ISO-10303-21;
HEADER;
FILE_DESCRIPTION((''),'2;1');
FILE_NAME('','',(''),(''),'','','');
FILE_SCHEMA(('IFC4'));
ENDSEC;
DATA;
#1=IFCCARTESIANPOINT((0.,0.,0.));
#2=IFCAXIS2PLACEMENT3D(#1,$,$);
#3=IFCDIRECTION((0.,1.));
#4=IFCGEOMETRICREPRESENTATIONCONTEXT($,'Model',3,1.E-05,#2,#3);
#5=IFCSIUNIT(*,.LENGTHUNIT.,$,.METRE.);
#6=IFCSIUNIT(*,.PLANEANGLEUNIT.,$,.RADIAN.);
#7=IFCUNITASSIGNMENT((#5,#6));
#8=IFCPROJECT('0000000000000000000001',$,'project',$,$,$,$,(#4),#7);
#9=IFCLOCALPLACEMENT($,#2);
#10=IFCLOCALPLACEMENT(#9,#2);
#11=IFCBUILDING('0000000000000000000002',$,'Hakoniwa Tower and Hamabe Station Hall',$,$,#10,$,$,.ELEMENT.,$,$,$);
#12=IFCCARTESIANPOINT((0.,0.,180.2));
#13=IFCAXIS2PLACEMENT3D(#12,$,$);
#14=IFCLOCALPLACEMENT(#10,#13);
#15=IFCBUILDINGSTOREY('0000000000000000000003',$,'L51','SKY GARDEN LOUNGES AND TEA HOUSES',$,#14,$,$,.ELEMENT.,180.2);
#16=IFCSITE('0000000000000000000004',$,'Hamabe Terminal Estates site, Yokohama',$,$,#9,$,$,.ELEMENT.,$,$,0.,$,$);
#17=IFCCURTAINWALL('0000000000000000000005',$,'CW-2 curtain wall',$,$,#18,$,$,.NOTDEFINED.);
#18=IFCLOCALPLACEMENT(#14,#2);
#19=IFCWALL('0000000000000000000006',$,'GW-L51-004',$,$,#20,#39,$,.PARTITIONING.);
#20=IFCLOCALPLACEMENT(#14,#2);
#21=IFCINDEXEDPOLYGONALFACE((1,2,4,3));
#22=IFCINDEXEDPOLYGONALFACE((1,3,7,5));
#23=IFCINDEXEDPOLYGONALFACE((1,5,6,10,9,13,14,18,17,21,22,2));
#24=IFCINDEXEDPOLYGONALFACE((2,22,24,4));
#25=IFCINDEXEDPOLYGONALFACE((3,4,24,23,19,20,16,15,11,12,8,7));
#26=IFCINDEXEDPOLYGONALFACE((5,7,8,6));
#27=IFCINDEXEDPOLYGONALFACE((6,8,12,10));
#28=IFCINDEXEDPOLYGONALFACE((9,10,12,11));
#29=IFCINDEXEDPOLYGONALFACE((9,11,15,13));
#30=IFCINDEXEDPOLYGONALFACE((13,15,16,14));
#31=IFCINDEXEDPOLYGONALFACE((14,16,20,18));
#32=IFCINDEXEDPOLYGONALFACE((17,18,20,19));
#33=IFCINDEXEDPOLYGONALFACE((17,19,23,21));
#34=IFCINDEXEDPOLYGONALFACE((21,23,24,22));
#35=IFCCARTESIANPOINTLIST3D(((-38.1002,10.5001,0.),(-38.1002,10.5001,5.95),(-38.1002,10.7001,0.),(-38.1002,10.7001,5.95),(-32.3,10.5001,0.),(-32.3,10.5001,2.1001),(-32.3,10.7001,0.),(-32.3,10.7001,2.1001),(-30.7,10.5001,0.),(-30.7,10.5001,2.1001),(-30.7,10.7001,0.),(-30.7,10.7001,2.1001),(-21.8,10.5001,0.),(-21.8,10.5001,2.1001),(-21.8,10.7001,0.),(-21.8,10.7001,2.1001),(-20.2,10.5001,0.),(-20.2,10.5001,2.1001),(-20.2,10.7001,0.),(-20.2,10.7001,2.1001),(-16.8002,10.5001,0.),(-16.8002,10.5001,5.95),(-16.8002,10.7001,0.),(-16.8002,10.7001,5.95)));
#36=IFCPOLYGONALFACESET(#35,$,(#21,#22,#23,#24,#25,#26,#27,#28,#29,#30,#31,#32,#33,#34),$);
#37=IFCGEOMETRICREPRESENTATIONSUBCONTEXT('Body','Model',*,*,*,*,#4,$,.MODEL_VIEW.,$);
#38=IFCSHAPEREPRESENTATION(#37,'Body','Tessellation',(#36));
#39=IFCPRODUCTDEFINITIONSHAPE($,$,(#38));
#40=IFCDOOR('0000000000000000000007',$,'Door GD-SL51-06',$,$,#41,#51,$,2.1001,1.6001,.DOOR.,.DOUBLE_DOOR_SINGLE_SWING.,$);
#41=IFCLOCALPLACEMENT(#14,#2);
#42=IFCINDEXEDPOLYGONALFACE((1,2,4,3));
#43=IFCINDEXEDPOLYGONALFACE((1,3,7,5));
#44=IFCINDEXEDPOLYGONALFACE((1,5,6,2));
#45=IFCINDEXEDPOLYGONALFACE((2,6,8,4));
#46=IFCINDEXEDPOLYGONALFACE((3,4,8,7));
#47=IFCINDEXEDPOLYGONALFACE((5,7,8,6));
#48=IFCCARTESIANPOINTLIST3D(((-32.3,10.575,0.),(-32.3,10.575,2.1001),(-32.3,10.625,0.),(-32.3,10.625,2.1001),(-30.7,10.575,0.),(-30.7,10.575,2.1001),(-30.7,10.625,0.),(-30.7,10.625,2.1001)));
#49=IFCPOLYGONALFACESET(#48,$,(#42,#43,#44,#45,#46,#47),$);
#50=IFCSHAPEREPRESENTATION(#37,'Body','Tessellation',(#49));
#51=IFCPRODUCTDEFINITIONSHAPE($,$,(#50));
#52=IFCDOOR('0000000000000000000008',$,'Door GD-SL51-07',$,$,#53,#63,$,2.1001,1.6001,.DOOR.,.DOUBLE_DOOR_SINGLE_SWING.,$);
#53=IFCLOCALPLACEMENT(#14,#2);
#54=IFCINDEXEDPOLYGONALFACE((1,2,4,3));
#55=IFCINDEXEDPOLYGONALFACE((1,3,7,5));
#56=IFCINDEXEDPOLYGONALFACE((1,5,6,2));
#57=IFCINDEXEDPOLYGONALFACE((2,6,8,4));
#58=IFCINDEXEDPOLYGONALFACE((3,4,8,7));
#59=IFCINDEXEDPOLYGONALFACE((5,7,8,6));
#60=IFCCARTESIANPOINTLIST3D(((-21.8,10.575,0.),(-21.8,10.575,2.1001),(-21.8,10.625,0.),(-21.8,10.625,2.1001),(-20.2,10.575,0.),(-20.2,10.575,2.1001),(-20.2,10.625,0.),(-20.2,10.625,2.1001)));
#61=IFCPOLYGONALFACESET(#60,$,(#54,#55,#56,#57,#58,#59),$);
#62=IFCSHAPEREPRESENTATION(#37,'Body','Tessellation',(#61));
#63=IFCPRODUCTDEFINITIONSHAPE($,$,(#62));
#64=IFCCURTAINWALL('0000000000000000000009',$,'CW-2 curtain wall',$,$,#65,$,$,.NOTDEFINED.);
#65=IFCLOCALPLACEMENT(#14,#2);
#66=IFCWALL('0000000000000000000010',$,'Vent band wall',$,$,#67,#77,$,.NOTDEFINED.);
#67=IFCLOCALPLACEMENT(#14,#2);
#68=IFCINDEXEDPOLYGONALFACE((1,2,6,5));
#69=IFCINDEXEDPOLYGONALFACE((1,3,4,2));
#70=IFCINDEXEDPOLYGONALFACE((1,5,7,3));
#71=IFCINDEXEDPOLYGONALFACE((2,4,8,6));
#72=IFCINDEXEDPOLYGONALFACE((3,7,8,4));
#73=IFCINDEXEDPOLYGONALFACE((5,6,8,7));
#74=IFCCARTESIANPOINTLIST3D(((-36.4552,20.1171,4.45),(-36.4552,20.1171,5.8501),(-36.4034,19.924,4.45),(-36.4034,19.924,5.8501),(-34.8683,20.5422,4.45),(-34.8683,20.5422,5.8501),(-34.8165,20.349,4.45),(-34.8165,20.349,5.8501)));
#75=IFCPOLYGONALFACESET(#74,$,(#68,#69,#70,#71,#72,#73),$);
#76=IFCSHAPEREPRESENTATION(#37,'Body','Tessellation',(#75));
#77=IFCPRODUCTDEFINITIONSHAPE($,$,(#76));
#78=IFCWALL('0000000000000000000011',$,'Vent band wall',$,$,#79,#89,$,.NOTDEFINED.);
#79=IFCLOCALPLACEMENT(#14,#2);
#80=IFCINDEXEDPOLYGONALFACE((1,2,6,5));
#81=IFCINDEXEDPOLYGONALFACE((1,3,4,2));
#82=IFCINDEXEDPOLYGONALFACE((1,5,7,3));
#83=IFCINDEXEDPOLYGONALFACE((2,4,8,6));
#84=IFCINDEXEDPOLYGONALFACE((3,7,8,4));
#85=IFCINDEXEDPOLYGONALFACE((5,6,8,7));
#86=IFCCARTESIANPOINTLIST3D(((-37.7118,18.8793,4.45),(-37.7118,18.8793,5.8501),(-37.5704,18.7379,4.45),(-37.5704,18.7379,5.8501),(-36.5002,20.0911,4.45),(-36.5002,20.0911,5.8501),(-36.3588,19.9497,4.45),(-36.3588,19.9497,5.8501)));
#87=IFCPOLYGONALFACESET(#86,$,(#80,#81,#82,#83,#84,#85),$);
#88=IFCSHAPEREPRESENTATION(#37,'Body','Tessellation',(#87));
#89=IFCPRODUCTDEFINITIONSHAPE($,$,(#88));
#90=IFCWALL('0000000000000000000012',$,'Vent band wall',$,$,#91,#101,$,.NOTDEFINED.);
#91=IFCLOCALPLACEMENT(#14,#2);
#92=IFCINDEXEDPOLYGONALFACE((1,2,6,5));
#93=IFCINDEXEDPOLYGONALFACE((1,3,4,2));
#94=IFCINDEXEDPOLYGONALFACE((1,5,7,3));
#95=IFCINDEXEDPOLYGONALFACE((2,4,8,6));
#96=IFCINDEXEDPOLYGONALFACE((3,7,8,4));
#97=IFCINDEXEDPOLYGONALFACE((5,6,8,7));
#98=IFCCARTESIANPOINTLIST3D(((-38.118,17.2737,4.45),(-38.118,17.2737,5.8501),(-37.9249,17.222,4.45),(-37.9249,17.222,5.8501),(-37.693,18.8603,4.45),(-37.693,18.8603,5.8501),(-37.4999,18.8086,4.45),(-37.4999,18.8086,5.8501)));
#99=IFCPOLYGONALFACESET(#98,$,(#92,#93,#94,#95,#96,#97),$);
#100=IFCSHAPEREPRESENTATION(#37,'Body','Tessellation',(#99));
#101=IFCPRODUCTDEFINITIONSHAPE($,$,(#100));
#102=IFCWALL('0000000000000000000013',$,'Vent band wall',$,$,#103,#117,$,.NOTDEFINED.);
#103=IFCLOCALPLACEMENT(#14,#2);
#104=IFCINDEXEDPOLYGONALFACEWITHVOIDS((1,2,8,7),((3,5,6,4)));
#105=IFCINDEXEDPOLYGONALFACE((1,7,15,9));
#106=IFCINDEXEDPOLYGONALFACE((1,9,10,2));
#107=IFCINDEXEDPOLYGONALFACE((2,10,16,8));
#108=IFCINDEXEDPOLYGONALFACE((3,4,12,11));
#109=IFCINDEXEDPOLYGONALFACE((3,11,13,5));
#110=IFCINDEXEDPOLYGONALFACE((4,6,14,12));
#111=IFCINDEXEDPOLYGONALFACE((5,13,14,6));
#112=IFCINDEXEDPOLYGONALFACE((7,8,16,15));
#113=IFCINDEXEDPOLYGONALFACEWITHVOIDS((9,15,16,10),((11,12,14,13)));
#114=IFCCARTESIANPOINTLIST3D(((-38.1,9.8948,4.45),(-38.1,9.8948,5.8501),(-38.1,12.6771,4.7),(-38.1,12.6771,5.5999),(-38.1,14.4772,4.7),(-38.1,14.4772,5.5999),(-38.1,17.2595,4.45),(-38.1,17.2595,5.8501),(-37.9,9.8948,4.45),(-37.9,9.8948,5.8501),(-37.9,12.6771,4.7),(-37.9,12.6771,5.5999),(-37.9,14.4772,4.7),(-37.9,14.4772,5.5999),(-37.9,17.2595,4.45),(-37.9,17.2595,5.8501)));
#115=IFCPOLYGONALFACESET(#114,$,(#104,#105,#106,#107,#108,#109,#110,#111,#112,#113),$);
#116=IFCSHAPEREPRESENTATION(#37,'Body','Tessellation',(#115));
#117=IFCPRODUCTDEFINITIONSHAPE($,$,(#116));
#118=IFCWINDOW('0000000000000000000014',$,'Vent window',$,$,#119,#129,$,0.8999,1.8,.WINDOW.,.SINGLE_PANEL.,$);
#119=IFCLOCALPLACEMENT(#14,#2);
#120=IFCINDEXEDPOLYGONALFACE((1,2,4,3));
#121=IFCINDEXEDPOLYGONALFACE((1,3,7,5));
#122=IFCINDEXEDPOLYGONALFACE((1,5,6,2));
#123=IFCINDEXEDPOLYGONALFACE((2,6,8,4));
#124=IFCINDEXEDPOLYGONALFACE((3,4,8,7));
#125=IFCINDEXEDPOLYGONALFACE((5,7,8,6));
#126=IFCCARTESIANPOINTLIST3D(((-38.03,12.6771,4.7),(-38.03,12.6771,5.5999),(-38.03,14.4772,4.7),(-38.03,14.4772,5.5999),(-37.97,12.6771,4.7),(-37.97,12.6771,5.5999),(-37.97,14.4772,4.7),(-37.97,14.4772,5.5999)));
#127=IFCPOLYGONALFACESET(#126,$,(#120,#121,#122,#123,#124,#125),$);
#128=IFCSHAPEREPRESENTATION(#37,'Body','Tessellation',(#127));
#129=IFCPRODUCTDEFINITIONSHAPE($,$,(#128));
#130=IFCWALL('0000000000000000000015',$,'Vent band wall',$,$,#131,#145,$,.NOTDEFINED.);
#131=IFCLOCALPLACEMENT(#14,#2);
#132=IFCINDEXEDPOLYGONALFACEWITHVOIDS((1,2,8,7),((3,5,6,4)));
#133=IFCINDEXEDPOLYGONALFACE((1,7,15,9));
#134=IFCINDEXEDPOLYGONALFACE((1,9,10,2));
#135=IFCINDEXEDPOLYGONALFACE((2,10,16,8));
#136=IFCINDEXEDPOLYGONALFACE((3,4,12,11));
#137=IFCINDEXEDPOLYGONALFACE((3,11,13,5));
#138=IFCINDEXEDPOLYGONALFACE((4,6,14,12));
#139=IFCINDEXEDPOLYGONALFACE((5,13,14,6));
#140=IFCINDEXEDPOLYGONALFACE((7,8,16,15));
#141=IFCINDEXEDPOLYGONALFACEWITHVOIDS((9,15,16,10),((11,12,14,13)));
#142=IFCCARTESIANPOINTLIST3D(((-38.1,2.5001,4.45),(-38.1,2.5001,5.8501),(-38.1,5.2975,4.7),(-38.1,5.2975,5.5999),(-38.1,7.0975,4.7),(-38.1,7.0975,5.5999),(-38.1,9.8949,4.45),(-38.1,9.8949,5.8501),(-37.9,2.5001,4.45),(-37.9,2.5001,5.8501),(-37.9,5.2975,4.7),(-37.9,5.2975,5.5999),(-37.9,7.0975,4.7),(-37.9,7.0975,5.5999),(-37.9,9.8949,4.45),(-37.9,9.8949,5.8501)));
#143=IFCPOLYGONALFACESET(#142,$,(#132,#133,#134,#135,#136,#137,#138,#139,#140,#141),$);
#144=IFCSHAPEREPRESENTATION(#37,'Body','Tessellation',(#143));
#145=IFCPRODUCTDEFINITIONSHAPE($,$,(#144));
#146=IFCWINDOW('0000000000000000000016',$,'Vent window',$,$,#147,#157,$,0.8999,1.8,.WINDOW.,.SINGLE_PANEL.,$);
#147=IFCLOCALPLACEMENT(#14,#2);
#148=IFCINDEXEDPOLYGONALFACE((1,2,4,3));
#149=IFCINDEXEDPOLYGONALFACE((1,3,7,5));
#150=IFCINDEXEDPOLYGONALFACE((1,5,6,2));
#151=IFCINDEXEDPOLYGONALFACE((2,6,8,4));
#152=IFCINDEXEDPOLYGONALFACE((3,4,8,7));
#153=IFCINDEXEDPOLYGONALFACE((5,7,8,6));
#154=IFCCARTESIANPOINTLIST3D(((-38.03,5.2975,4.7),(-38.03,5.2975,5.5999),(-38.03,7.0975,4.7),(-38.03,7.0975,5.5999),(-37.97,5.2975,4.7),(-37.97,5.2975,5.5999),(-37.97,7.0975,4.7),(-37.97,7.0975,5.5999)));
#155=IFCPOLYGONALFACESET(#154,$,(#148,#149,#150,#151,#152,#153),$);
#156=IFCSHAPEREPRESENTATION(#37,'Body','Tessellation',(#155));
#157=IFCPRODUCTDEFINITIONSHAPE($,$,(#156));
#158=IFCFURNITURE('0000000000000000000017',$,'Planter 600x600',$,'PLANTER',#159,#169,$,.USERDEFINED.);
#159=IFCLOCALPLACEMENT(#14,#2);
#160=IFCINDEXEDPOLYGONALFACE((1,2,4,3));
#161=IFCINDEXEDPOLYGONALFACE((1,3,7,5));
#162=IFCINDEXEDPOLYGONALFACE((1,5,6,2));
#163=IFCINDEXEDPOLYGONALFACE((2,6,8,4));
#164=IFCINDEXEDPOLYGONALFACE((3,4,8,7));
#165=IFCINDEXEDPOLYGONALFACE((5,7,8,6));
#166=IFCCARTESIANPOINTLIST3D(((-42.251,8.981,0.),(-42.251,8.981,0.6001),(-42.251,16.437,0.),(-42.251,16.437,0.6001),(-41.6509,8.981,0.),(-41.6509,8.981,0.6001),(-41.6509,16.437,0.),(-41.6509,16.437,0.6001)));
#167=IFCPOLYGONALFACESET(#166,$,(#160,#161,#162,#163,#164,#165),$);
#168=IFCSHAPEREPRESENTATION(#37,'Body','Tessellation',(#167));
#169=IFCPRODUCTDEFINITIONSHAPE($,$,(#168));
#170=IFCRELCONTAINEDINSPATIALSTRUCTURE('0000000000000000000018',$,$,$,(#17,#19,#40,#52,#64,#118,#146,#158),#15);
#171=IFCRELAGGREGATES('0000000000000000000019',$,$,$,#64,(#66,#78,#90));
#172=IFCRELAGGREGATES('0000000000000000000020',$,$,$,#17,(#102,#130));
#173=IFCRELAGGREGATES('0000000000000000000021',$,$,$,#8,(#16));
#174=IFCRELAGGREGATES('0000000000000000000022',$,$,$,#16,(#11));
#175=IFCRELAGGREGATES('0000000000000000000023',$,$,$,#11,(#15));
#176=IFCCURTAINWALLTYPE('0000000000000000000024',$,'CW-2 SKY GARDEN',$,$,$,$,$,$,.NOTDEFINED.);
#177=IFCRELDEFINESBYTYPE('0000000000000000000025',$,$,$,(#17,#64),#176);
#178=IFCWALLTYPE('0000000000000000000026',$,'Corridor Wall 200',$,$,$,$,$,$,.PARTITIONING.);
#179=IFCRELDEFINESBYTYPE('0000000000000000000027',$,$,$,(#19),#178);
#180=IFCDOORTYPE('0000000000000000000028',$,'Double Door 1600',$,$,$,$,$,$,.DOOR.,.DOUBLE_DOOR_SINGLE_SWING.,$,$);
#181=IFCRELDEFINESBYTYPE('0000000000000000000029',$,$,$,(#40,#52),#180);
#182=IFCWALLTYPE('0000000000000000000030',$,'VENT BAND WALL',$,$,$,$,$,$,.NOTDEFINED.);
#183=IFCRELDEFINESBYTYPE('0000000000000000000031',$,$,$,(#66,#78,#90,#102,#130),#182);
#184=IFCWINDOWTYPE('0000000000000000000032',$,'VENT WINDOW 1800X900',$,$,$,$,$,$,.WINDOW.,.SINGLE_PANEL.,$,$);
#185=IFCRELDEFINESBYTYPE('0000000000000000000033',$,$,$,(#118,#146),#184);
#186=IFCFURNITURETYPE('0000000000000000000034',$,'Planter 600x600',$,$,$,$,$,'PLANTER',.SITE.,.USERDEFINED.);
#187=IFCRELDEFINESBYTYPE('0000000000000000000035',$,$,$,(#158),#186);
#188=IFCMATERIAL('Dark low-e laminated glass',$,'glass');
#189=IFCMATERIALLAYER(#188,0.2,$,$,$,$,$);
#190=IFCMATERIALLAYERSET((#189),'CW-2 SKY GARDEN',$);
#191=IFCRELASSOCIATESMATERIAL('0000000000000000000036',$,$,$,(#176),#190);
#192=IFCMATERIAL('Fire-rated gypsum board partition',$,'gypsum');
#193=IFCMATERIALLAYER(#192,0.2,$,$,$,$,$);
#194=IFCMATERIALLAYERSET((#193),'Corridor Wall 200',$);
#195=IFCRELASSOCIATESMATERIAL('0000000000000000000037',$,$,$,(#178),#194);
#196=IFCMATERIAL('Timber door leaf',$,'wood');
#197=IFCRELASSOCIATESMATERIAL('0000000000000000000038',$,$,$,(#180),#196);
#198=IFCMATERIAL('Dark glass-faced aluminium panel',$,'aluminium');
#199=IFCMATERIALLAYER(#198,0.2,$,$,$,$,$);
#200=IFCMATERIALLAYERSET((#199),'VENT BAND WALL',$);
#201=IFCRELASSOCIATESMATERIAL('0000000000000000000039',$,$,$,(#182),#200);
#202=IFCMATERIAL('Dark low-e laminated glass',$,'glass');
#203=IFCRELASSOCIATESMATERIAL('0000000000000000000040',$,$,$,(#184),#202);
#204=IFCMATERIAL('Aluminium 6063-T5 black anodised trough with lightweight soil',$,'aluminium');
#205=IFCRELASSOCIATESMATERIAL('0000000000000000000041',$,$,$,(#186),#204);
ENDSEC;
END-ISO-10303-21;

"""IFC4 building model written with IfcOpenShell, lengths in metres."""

from ifc_helpers import new_model, si_unit, direction, frame, frame_2d, origin, origin_2d, place, context, subcontext, project, spatial, rectangle, extrude, material, layer, layer_set, type_object, element, fill, aggregate, save


model = new_model("IFC4")

# Units and contexts
model_context = context("Model", 3, precision=1e-05, world=origin(), true_north=direction((0.0, 1.0)))
body_context = subcontext(model_context, "Body", "Model", "MODEL_VIEW")
ifc_project = project(units=[si_unit("LENGTHUNIT", "METRE"), si_unit("PLANEANGLEUNIT", "RADIAN")], contexts=[model_context])

# Site, building, storey
site_placement = place(None, origin())
site = spatial("IfcSite", under=ifc_project, at=site_placement, Name="Hamabe Terminal Estates site, Yokohama", CompositionType="ELEMENT", RefElevation=0.0)
building_placement = place(site_placement, origin())
building = spatial("IfcBuilding", under=site, at=building_placement, Name="Hakoniwa Tower and Hamabe Station Hall", CompositionType="ELEMENT")
storey_placement = place(building_placement, frame((0.0, 0.0, 180.2)))
storey = spatial("IfcBuildingStorey", under=building, at=storey_placement, Name="L51", Description="SKY GARDEN LOUNGES AND TEA HOUSES", CompositionType="ELEMENT", Elevation=180.2)

# Curtain wall
ifc_material_1 = material(Name="Dark low-e laminated glass", Category="glass")
ifc_layer_1 = layer(ifc_material_1, 0.2)
ifc_layer_set_1 = layer_set([ifc_layer_1], Name="CW-2 SKY GARDEN")
curtain_wall_type = type_object("IfcCurtainWallType", Name="CW-2 SKY GARDEN", PredefinedType="NOTDEFINED", material=ifc_layer_set_1)
curtain_wall_1_placement = place(storey_placement, origin())
curtain_wall_1 = element("IfcCurtainWall", 1, at=curtain_wall_1_placement, inside=storey, type_object=curtain_wall_type, Name="CW-2 curtain wall", PredefinedType="NOTDEFINED")

# Wall, openings, doors
ifc_material_2 = material(Name="Fire-rated gypsum board partition", Category="gypsum")
ifc_layer_2 = layer(ifc_material_2, 0.2)
ifc_layer_set_2 = layer_set([ifc_layer_2], Name="Corridor Wall 200")
wall_type_1 = type_object("IfcWallType", Name="Corridor Wall 200", PredefinedType="PARTITIONING", material=ifc_layer_set_2)
wall_1_placement = place(storey_placement, frame((-38.1001, 10.6001, 0.0), z_axis=(0.0, 0.0, 1.0), x_axis=(1.0, 0.0, 0.0)))
wall_1 = element("IfcWall", 2, at=wall_1_placement, inside=storey, type_object=wall_type_1, Name="GW-L51-004", PredefinedType="PARTITIONING", context=body_context, shape_type="SweptSolid", body=[
    extrude(rectangle(XDim=21.3, YDim=0.2, at=frame_2d((10.6499, 0.0))), origin(), (0.0, 0.0, 1.0), 5.95),
])
opening_1_placement = place(wall_1_placement, frame((5.8, 0.0, 0.0)))
opening_1 = element("IfcOpeningElement", 3, at=opening_1_placement, cuts=wall_1, PredefinedType="OPENING", context=body_context, shape_type="SweptSolid", body=[
    extrude(rectangle(XDim=1.6001, YDim=2.1001, at=frame_2d((0.8, 1.05))), frame((0.0, 0.1099, 0.0), z_axis=(0.0, -1.0, 0.0), x_axis=(1.0, 0.0, 0.0)), (0.0, 0.0, 1.0), 0.22),
])
opening_2_placement = place(wall_1_placement, frame((16.3, 0.0, 0.0)))
opening_2 = element("IfcOpeningElement", 4, at=opening_2_placement, cuts=wall_1, PredefinedType="OPENING", context=body_context, shape_type="SweptSolid", body=[
    extrude(rectangle(XDim=1.6001, YDim=2.1001, at=frame_2d((0.8, 1.05))), frame((0.0, 0.1099, 0.0), z_axis=(0.0, -1.0, 0.0), x_axis=(1.0, 0.0, 0.0)), (0.0, 0.0, 1.0), 0.22),
])
ifc_material_3 = material(Name="Timber door leaf", Category="wood")
door_type_1 = type_object("IfcDoorType", Name="Double Door 1600", OperationType="DOUBLE_DOOR_SINGLE_SWING", PredefinedType="DOOR", material=ifc_material_3)
door_1_placement = place(opening_1_placement, origin())
door_1 = element("IfcDoor", 5, at=door_1_placement, inside=storey, type_object=door_type_1, Name="Door GD-SL51-06", OperationType="DOUBLE_DOOR_SINGLE_SWING", OverallHeight=2.1001, OverallWidth=1.6001, PredefinedType="DOOR", context=body_context, shape_type="SweptSolid", body=[
    extrude(rectangle(XDim=1.6001, YDim=2.1001, at=frame_2d((0.8, 1.05))), frame((0.0, 0.0249, 0.0), z_axis=(0.0, -1.0, 0.0), x_axis=(1.0, 0.0, 0.0)), (0.0, 0.0, 1.0), 0.05),
])
fill(opening_1, door_1)
door_2_placement = place(opening_2_placement, origin())
door_2 = element("IfcDoor", 6, at=door_2_placement, inside=storey, type_object=door_type_1, Name="Door GD-SL51-07", OperationType="DOUBLE_DOOR_SINGLE_SWING", OverallHeight=2.1001, OverallWidth=1.6001, PredefinedType="DOOR", context=body_context, shape_type="SweptSolid", body=[
    extrude(rectangle(XDim=1.6001, YDim=2.1001, at=frame_2d((0.8, 1.05))), frame((0.0, 0.0249, 0.0), z_axis=(0.0, -1.0, 0.0), x_axis=(1.0, 0.0, 0.0)), (0.0, 0.0, 1.0), 0.05),
])
fill(opening_2, door_2)

# Curtain wall, walls
curtain_wall_2_placement = place(storey_placement, origin())
curtain_wall_2 = element("IfcCurtainWall", 7, at=curtain_wall_2_placement, inside=storey, type_object=curtain_wall_type, Name="CW-2 curtain wall", PredefinedType="NOTDEFINED")
ifc_material_4 = material(Name="Dark glass-faced aluminium panel", Category="aluminium")
ifc_layer_3 = layer(ifc_material_4, 0.2)
ifc_layer_set_3 = layer_set([ifc_layer_3], Name="VENT BAND WALL")
wall_type_2 = type_object("IfcWallType", Name="VENT BAND WALL", PredefinedType="NOTDEFINED", material=ifc_layer_set_3)
wall_2_placement = place(storey_placement, frame((-34.8425, 20.4456, 4.45), z_axis=(0.0, 0.0, 1.0), x_axis=(-0.965951, -0.258726, 0.0)))
wall_2 = element("IfcWall", 8, at=wall_2_placement, type_object=wall_type_2, Name="Vent band wall", PredefinedType="NOTDEFINED", context=body_context, shape_type="SweptSolid", body=[
    extrude(rectangle(XDim=1.6428, YDim=0.2, at=frame_2d((0.8213, 0.0))), origin(), (0.0, 0.0, 1.0), 1.4001),
])
wall_3_placement = place(storey_placement, frame((-36.4294, 20.0205, 4.45), z_axis=(0.0, 0.0, 1.0), x_axis=(-0.707036, -0.707178, 0.0)))
wall_3 = element("IfcWall", 9, at=wall_3_placement, type_object=wall_type_2, Name="Vent band wall", PredefinedType="NOTDEFINED", context=body_context, shape_type="SweptSolid", body=[
    extrude(rectangle(XDim=1.7136, YDim=0.2, at=frame_2d((0.8569, 0.0))), origin(), (0.0, 0.0, 1.0), 1.4001),
])
wall_4_placement = place(storey_placement, frame((-37.5964, 18.8345, 4.45), z_axis=(0.0, 0.0, 1.0), x_axis=(-0.258763, -0.965941, 0.0)))
wall_4 = element("IfcWall", 10, at=wall_4_placement, type_object=wall_type_2, Name="Vent band wall", PredefinedType="NOTDEFINED", context=body_context, shape_type="SweptSolid", body=[
    extrude(rectangle(XDim=1.6426, YDim=0.2, at=frame_2d((0.8213, 0.0))), origin(), (0.0, 0.0, 1.0), 1.4001),
])
aggregate(curtain_wall_2, [wall_2, wall_3, wall_4])

# Walls, openings, windows
wall_5_placement = place(storey_placement, frame((-38.0, 17.2595, 4.45), z_axis=(0.0, 0.0, 1.0), x_axis=(0.0, -1.0, 0.0)))
wall_5 = element("IfcWall", 11, at=wall_5_placement, type_object=wall_type_2, Name="Vent band wall", PredefinedType="NOTDEFINED", context=body_context, shape_type="SweptSolid", body=[
    extrude(rectangle(XDim=7.3647, YDim=0.2, at=frame_2d((3.6824, 0.0))), origin(), (0.0, 0.0, 1.0), 1.4001),
])
opening_3_placement = place(wall_5_placement, frame((2.7825, 0.0, 0.25)))
opening_3 = element("IfcOpeningElement", 12, at=opening_3_placement, cuts=wall_5, PredefinedType="OPENING", context=body_context, shape_type="SweptSolid", body=[
    extrude(rectangle(XDim=1.8, YDim=0.8999, at=frame_2d((0.8999, 0.45))), frame((0.0, 0.1099, 0.0), z_axis=(0.0, -1.0, 0.0), x_axis=(1.0, 0.0, 0.0)), (0.0, 0.0, 1.0), 0.22),
])
ifc_material_5 = material(Name="Dark low-e laminated glass", Category="glass")
window_type = type_object("IfcWindowType", Name="VENT WINDOW 1800X900", PartitioningType="SINGLE_PANEL", PredefinedType="WINDOW", material=ifc_material_5)
window_1_placement = place(opening_3_placement, origin())
window_1 = element("IfcWindow", 13, at=window_1_placement, inside=storey, type_object=window_type, Name="Vent window", OverallHeight=0.8999, OverallWidth=1.8, PartitioningType="SINGLE_PANEL", PredefinedType="WINDOW", context=body_context, shape_type="SweptSolid", body=[
    extrude(rectangle(XDim=1.8, YDim=0.8999, at=frame_2d((0.8999, 0.45))), frame((0.0, 0.03, 0.0), z_axis=(0.0, -1.0, 0.0), x_axis=(1.0, 0.0, 0.0)), (0.0, 0.0, 1.0), 0.0601),
])
fill(opening_3, window_1)
wall_6_placement = place(storey_placement, frame((-38.0, 9.8948, 4.45), z_axis=(0.0, 0.0, 1.0), x_axis=(0.0, -1.0, 0.0)))
wall_6 = element("IfcWall", 14, at=wall_6_placement, type_object=wall_type_2, Name="Vent band wall", PredefinedType="NOTDEFINED", context=body_context, shape_type="SweptSolid", body=[
    extrude(rectangle(XDim=7.3948, YDim=0.2, at=frame_2d((3.6973, 0.0))), origin(), (0.0, 0.0, 1.0), 1.4001),
])
opening_4_placement = place(wall_6_placement, frame((2.7974, 0.0, 0.25)))
opening_4 = element("IfcOpeningElement", 15, at=opening_4_placement, cuts=wall_6, PredefinedType="OPENING", context=body_context, shape_type="SweptSolid", body=[
    extrude(rectangle(XDim=1.8, YDim=0.8999, at=frame_2d((0.8999, 0.45))), frame((0.0, 0.1099, 0.0), z_axis=(0.0, -1.0, 0.0), x_axis=(1.0, 0.0, 0.0)), (0.0, 0.0, 1.0), 0.22),
])
window_2_placement = place(opening_4_placement, origin())
window_2 = element("IfcWindow", 16, at=window_2_placement, inside=storey, type_object=window_type, Name="Vent window", OverallHeight=0.8999, OverallWidth=1.8, PartitioningType="SINGLE_PANEL", PredefinedType="WINDOW", context=body_context, shape_type="SweptSolid", body=[
    extrude(rectangle(XDim=1.8, YDim=0.8999, at=frame_2d((0.8999, 0.45))), frame((0.0, 0.03, 0.0), z_axis=(0.0, -1.0, 0.0), x_axis=(1.0, 0.0, 0.0)), (0.0, 0.0, 1.0), 0.0601),
])
fill(opening_4, window_2)
aggregate(curtain_wall_1, [wall_5, wall_6])

# Furniture
ifc_material_6 = material(Name="Aluminium 6063-T5 black anodised trough with lightweight soil", Category="aluminium")
furniture_type = type_object("IfcFurnitureType", Name="Planter 600x600", ElementType="PLANTER", AssemblyPlace="SITE", PredefinedType="USERDEFINED", material=ifc_material_6)
furniture_placement = place(storey_placement, frame((-41.9509, 12.709, 0.0), z_axis=(0.0, 0.0, 1.0), x_axis=(0.0, -1.0, 0.0)))
element("IfcFurniture", 17, at=furniture_placement, inside=storey, type_object=furniture_type, Name="Planter 600x600", ObjectType="PLANTER", PredefinedType="USERDEFINED", context=body_context, shape_type="SweptSolid", body=[
    extrude(rectangle(XDim=7.4561, YDim=0.6001, at=origin_2d()), origin(), (0.0, 0.0, 1.0), 0.6001),
])

save(model, "model.ifc")
